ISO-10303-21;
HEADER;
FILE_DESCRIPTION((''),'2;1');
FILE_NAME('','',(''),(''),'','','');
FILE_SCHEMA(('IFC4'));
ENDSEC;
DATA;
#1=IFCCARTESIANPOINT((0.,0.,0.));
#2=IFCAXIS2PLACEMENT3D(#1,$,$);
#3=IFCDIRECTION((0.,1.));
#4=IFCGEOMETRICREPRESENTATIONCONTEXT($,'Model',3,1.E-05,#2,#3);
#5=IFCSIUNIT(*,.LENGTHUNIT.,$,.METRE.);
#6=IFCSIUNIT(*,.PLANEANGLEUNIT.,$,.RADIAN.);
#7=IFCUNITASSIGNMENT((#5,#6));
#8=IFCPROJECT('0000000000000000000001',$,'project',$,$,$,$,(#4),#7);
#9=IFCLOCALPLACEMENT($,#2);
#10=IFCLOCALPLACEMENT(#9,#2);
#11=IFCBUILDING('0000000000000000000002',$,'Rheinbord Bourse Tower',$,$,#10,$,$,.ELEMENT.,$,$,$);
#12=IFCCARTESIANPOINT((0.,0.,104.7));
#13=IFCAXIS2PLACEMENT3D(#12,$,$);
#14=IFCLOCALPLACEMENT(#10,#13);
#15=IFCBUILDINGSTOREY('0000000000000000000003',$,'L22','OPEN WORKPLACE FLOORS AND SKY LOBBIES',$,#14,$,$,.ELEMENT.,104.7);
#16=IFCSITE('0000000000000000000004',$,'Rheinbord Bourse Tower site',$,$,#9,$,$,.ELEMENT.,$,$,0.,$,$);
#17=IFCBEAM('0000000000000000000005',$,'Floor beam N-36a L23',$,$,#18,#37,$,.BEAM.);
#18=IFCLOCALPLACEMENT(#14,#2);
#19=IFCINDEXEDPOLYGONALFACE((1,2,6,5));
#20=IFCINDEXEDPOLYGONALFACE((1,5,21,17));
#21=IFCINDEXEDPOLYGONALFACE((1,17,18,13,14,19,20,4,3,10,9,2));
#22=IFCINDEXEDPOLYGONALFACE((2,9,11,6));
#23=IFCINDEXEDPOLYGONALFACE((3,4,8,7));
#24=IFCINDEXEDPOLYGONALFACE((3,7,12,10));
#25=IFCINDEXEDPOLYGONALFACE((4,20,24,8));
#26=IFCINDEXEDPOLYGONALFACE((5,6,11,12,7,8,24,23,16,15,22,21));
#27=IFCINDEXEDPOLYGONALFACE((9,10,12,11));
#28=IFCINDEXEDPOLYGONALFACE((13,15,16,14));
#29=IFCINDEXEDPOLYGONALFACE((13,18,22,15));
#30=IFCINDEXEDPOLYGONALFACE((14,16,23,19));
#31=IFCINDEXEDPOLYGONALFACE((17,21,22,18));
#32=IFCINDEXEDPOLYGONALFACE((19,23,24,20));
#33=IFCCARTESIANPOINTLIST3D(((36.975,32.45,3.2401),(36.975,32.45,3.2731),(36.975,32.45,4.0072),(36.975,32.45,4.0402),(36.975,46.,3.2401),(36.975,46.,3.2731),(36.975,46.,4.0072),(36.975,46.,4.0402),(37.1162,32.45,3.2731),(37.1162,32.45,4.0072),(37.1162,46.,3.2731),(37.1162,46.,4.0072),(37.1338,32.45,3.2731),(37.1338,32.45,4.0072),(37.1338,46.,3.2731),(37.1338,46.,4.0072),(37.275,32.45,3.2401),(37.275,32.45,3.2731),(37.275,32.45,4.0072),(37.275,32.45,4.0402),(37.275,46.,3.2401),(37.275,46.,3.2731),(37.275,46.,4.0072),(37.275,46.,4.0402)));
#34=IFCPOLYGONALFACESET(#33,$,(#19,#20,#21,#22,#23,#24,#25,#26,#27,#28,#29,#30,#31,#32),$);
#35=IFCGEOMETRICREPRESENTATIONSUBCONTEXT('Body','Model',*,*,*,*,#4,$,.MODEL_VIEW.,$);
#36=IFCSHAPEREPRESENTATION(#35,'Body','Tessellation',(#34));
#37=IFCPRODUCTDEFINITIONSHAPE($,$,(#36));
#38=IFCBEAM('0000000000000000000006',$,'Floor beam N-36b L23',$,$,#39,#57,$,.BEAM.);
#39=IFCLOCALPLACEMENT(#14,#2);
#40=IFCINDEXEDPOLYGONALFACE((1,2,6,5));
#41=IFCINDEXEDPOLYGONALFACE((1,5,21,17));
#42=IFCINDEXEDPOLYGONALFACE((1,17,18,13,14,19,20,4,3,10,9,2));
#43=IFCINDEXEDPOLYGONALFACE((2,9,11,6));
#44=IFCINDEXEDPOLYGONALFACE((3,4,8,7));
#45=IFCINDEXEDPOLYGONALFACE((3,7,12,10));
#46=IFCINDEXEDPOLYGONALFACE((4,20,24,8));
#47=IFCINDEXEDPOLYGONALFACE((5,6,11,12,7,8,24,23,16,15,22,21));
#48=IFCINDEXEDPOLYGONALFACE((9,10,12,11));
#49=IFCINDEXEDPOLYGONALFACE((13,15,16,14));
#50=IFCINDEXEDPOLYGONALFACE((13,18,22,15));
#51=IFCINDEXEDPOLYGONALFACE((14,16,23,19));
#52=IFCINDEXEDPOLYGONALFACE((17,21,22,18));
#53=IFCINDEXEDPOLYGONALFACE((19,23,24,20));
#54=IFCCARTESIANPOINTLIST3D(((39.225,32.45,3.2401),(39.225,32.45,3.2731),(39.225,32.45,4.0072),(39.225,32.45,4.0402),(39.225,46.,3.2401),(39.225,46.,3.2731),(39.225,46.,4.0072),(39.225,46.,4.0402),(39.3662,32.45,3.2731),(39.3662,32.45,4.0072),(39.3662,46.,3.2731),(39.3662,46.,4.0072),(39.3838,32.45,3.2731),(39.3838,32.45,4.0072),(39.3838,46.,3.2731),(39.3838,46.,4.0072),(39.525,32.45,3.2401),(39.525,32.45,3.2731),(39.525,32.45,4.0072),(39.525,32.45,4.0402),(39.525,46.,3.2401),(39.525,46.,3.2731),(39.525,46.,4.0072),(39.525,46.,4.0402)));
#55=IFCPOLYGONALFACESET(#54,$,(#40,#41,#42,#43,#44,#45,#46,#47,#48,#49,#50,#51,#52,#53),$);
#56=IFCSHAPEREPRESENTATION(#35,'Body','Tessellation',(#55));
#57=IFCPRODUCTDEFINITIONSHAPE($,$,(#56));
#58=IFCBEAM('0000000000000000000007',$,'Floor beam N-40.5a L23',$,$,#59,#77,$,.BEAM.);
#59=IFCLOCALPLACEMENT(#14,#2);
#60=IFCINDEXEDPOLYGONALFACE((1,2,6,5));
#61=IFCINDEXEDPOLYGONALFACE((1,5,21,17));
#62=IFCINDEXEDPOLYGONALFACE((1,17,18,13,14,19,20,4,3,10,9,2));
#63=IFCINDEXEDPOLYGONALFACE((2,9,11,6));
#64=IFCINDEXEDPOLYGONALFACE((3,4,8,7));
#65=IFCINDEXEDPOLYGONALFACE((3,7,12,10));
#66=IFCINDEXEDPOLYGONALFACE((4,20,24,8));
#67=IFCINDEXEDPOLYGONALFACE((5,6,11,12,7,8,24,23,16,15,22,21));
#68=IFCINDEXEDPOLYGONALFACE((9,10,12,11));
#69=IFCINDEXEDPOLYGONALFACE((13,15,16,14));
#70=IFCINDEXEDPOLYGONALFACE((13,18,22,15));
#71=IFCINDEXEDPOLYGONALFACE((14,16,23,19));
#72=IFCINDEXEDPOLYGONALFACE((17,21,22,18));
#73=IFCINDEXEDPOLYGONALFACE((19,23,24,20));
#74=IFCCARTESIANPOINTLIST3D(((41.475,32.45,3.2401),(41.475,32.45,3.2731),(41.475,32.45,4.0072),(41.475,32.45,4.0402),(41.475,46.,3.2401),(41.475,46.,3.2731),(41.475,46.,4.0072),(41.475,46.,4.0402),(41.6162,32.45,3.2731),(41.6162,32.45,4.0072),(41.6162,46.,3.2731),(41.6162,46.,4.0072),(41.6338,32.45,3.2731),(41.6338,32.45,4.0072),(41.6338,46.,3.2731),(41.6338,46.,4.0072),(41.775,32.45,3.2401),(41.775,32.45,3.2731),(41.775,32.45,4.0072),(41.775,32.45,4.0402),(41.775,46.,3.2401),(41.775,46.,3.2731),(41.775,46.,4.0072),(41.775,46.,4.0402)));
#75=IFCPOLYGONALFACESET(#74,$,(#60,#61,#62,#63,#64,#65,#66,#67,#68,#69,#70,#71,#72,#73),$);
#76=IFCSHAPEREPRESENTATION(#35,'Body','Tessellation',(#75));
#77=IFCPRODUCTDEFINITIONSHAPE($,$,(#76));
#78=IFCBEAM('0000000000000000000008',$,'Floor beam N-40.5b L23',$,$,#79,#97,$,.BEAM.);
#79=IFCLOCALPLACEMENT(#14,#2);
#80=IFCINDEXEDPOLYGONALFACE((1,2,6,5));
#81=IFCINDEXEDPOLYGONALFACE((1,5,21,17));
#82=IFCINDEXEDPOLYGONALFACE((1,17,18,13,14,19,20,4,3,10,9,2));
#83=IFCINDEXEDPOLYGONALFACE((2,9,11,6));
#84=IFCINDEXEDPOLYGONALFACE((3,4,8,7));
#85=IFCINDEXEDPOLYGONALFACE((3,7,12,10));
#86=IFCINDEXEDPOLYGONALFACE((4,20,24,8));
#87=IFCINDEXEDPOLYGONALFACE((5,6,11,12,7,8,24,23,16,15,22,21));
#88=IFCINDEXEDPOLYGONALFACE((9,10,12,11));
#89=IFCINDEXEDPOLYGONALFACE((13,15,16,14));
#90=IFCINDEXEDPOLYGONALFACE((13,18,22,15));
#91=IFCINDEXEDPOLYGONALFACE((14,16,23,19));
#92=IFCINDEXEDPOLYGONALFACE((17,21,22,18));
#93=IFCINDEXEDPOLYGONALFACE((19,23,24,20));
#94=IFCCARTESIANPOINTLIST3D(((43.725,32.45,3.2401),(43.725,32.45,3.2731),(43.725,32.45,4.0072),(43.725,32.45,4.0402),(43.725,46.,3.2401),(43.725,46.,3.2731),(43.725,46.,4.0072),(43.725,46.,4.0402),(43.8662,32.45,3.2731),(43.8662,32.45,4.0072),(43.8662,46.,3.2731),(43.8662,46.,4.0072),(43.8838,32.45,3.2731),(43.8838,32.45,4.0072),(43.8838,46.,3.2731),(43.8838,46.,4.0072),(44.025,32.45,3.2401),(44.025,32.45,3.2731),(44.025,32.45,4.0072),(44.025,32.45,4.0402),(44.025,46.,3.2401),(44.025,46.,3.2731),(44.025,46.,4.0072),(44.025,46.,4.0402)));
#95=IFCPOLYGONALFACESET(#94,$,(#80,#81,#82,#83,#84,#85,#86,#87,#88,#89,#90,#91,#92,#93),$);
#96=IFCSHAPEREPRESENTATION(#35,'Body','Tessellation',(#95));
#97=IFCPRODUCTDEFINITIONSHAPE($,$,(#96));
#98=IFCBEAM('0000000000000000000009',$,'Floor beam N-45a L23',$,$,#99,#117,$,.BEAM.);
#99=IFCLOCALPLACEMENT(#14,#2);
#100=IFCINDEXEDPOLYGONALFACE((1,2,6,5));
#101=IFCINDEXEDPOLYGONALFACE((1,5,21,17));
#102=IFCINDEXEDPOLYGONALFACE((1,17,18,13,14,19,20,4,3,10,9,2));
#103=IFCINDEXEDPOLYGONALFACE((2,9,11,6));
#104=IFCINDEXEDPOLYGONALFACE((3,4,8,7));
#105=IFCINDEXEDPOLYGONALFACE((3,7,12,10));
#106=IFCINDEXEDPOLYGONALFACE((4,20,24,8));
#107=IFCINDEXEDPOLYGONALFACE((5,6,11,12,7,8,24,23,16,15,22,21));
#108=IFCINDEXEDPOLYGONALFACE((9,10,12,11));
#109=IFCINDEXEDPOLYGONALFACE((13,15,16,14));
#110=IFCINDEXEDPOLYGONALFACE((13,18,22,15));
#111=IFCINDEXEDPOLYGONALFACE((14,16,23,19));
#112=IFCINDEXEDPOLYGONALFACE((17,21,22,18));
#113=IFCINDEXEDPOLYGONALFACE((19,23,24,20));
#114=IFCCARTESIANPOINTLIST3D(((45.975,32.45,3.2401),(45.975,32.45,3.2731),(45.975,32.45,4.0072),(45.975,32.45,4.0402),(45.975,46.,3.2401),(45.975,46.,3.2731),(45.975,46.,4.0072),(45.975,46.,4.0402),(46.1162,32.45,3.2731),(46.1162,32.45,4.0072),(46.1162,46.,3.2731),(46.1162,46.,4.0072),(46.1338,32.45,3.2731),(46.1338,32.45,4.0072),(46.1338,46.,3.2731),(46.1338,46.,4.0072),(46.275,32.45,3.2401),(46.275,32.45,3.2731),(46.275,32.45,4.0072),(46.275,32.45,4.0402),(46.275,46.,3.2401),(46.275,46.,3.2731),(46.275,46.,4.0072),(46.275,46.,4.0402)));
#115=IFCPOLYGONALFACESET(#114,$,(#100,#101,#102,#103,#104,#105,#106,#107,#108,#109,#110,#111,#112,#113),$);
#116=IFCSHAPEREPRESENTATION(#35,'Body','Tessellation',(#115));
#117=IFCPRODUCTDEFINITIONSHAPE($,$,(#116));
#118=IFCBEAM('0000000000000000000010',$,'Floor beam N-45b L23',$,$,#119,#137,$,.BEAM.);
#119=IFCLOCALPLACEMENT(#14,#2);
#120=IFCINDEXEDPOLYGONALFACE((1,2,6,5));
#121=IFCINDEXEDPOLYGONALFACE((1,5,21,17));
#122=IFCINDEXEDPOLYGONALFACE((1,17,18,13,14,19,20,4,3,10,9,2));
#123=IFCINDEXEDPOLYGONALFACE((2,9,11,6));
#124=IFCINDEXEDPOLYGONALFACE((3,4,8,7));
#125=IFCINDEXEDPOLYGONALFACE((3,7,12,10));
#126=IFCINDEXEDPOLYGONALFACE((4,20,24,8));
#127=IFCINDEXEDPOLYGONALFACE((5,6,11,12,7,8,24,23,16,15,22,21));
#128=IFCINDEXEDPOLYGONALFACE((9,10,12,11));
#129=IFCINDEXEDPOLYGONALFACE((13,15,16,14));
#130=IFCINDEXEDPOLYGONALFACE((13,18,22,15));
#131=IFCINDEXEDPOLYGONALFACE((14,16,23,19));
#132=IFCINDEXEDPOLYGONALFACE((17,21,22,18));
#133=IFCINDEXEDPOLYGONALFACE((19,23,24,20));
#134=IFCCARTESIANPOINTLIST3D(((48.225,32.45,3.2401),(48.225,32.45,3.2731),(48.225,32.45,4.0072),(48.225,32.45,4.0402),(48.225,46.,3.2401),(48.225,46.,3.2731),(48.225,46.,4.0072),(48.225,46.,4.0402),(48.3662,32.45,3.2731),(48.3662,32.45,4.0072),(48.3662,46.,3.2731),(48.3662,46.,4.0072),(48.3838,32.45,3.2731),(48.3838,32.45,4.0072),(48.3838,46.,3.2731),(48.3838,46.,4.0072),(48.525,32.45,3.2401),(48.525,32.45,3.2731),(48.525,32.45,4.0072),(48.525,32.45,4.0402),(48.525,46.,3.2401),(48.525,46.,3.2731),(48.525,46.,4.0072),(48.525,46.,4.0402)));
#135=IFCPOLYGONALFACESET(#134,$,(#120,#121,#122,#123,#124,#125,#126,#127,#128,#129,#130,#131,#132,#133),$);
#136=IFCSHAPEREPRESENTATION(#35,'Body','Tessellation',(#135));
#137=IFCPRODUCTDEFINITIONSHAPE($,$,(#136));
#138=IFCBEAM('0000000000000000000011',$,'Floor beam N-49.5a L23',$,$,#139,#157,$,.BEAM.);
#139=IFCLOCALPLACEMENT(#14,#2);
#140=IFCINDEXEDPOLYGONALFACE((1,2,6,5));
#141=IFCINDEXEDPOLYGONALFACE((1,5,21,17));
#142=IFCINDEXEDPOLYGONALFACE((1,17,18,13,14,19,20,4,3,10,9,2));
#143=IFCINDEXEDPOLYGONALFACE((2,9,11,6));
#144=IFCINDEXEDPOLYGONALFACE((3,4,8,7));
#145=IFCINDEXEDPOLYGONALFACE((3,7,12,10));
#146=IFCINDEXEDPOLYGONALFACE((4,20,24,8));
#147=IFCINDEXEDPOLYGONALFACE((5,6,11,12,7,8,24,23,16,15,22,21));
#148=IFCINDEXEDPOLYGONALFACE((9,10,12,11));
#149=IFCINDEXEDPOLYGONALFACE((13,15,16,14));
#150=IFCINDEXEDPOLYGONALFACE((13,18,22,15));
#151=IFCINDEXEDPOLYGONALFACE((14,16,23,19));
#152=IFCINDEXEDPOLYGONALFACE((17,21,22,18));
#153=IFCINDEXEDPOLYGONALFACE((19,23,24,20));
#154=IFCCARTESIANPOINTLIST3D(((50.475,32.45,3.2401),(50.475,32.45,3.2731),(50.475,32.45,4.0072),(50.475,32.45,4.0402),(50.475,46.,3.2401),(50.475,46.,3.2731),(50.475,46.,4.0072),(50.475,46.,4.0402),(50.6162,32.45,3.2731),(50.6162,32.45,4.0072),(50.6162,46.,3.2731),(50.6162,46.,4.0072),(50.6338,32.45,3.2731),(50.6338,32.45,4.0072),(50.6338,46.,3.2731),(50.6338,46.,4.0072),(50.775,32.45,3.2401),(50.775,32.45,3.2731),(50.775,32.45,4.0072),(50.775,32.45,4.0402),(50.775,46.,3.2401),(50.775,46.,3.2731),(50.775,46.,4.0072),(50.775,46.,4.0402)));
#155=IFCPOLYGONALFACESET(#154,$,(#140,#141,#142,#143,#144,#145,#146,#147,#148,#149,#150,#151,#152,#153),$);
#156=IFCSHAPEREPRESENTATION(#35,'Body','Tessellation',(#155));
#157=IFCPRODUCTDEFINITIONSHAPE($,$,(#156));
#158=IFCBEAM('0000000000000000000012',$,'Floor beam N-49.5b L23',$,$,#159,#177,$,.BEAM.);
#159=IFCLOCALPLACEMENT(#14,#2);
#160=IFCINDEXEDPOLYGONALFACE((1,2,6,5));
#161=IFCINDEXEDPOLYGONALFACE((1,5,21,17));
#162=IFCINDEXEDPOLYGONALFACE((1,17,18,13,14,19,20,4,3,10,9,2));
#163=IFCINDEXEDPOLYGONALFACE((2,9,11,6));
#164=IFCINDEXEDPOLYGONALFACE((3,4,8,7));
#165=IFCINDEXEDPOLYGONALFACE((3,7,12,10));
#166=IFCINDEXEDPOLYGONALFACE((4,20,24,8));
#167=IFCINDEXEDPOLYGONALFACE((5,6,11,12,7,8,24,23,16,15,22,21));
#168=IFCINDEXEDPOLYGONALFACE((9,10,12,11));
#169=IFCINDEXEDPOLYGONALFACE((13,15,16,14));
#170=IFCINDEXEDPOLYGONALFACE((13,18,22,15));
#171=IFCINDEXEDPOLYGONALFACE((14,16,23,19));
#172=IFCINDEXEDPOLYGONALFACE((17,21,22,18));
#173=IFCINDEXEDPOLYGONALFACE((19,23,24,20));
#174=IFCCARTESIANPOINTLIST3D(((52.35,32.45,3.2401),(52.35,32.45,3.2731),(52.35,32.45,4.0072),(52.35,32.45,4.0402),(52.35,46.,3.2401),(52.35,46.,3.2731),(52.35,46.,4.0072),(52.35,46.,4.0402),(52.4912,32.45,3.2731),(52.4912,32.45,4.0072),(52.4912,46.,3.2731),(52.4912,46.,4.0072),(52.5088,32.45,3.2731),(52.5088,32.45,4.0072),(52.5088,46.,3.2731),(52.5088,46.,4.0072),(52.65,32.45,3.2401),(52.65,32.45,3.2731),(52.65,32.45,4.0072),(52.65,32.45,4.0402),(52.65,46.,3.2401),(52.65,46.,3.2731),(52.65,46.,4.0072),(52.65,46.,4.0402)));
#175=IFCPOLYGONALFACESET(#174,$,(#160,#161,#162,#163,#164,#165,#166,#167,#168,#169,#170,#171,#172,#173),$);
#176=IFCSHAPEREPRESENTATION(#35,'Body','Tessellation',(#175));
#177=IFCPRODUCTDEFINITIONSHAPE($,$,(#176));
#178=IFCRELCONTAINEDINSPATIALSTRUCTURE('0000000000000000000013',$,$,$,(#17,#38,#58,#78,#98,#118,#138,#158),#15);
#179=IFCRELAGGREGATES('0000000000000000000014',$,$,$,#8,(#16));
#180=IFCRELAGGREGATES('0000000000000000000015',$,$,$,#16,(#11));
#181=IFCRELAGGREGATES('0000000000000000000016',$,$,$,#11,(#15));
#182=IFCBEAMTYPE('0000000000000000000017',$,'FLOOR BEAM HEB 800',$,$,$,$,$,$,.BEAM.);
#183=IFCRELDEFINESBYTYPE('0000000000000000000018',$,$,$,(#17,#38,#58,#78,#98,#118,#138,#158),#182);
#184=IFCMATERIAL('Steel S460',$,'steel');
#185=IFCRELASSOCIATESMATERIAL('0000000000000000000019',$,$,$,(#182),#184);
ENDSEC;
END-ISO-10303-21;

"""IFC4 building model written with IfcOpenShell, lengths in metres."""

from ifc_helpers import new_model, si_unit, direction, frame, origin, origin_2d, place, context, subcontext, project, spatial, i_section, extrude, material, material_profile, profile_set, type_object, element, save


model = new_model("IFC4")

# Units and contexts
model_context = context("Model", 3, precision=1e-05, world=origin(), true_north=direction((0.0, 1.0)))
body_context = subcontext(model_context, "Body", "Model", "MODEL_VIEW")
ifc_project = project(units=[si_unit("LENGTHUNIT", "METRE"), si_unit("PLANEANGLEUNIT", "RADIAN")], contexts=[model_context])

# Site, building, storey
site_placement = place(None, origin())
site = spatial("IfcSite", under=ifc_project, at=site_placement, Name="Rheinbord Bourse Tower site", CompositionType="ELEMENT", RefElevation=0.0)
building_placement = place(site_placement, origin())
building = spatial("IfcBuilding", under=site, at=building_placement, Name="Rheinbord Bourse Tower", CompositionType="ELEMENT")
storey_placement = place(building_placement, frame((0.0, 0.0, 104.7)))
storey = spatial("IfcBuildingStorey", under=building, at=storey_placement, Name="L22", Description="OPEN WORKPLACE FLOORS AND SKY LOBBIES", CompositionType="ELEMENT", Elevation=104.7)

# Beams
ifc_material_1 = material(Name="Steel S460", Category="steel")
ifc_material_profile_1 = material_profile(ifc_material_1, i_section(OverallWidth=0.3, OverallDepth=0.8, WebThickness=0.0176, FlangeThickness=0.033, at=origin_2d()), Name="HEB 800")
ifc_profile_set_1 = profile_set([ifc_material_profile_1], Name="Steel S460")
beam_type_1 = type_object("IfcBeamType", Name="FLOOR BEAM HEB 800", PredefinedType="BEAM", material=ifc_profile_set_1)
for number, where, z_axis, x_axis, name in (
    (1, (37.125, 46.0, 3.6401), (0.0, -1.0, 0.0), (1.0, 0.0, 0.0), "Floor beam N-36a L23"),
    (2, (39.375, 46.0, 3.6401), (0.0, -1.0, 0.0), (1.0, 0.0, 0.0), "Floor beam N-36b L23"),
    (3, (41.625, 46.0, 3.6401), (0.0, -1.0, 0.0), (1.0, 0.0, 0.0), "Floor beam N-40.5a L23"),
    (4, (43.875, 46.0, 3.6401), (0.0, -1.0, 0.0), (1.0, 0.0, 0.0), "Floor beam N-40.5b L23"),
    (5, (46.125, 46.0, 3.6401), (0.0, -1.0, 0.0), (1.0, 0.0, 0.0), "Floor beam N-45a L23"),
    (6, (48.375, 46.0, 3.6401), (0.0, -1.0, 0.0), (1.0, 0.0, 0.0), "Floor beam N-45b L23"),
    (7, (50.625, 46.0, 3.6401), (0.0, -1.0, 0.0), (1.0, 0.0, 0.0), "Floor beam N-49.5a L23"),
    (8, (52.5, 46.0, 3.6401), (0.0, -1.0, 0.0), (1.0, 0.0, 0.0), "Floor beam N-49.5b L23"),
):
    element("IfcBeam", number, at=place(storey_placement, frame(where, z_axis=z_axis, x_axis=x_axis)), inside=storey, type_object=beam_type_1, Name=name, PredefinedType="BEAM", context=body_context, shape_type="SweptSolid", body=[
        extrude(i_section(OverallWidth=0.3, OverallDepth=0.8, WebThickness=0.0176, FlangeThickness=0.033, at=origin_2d()), origin(), (0.0, 0.0, 1.0), 13.55),
    ])

save(model, "model.ifc")
